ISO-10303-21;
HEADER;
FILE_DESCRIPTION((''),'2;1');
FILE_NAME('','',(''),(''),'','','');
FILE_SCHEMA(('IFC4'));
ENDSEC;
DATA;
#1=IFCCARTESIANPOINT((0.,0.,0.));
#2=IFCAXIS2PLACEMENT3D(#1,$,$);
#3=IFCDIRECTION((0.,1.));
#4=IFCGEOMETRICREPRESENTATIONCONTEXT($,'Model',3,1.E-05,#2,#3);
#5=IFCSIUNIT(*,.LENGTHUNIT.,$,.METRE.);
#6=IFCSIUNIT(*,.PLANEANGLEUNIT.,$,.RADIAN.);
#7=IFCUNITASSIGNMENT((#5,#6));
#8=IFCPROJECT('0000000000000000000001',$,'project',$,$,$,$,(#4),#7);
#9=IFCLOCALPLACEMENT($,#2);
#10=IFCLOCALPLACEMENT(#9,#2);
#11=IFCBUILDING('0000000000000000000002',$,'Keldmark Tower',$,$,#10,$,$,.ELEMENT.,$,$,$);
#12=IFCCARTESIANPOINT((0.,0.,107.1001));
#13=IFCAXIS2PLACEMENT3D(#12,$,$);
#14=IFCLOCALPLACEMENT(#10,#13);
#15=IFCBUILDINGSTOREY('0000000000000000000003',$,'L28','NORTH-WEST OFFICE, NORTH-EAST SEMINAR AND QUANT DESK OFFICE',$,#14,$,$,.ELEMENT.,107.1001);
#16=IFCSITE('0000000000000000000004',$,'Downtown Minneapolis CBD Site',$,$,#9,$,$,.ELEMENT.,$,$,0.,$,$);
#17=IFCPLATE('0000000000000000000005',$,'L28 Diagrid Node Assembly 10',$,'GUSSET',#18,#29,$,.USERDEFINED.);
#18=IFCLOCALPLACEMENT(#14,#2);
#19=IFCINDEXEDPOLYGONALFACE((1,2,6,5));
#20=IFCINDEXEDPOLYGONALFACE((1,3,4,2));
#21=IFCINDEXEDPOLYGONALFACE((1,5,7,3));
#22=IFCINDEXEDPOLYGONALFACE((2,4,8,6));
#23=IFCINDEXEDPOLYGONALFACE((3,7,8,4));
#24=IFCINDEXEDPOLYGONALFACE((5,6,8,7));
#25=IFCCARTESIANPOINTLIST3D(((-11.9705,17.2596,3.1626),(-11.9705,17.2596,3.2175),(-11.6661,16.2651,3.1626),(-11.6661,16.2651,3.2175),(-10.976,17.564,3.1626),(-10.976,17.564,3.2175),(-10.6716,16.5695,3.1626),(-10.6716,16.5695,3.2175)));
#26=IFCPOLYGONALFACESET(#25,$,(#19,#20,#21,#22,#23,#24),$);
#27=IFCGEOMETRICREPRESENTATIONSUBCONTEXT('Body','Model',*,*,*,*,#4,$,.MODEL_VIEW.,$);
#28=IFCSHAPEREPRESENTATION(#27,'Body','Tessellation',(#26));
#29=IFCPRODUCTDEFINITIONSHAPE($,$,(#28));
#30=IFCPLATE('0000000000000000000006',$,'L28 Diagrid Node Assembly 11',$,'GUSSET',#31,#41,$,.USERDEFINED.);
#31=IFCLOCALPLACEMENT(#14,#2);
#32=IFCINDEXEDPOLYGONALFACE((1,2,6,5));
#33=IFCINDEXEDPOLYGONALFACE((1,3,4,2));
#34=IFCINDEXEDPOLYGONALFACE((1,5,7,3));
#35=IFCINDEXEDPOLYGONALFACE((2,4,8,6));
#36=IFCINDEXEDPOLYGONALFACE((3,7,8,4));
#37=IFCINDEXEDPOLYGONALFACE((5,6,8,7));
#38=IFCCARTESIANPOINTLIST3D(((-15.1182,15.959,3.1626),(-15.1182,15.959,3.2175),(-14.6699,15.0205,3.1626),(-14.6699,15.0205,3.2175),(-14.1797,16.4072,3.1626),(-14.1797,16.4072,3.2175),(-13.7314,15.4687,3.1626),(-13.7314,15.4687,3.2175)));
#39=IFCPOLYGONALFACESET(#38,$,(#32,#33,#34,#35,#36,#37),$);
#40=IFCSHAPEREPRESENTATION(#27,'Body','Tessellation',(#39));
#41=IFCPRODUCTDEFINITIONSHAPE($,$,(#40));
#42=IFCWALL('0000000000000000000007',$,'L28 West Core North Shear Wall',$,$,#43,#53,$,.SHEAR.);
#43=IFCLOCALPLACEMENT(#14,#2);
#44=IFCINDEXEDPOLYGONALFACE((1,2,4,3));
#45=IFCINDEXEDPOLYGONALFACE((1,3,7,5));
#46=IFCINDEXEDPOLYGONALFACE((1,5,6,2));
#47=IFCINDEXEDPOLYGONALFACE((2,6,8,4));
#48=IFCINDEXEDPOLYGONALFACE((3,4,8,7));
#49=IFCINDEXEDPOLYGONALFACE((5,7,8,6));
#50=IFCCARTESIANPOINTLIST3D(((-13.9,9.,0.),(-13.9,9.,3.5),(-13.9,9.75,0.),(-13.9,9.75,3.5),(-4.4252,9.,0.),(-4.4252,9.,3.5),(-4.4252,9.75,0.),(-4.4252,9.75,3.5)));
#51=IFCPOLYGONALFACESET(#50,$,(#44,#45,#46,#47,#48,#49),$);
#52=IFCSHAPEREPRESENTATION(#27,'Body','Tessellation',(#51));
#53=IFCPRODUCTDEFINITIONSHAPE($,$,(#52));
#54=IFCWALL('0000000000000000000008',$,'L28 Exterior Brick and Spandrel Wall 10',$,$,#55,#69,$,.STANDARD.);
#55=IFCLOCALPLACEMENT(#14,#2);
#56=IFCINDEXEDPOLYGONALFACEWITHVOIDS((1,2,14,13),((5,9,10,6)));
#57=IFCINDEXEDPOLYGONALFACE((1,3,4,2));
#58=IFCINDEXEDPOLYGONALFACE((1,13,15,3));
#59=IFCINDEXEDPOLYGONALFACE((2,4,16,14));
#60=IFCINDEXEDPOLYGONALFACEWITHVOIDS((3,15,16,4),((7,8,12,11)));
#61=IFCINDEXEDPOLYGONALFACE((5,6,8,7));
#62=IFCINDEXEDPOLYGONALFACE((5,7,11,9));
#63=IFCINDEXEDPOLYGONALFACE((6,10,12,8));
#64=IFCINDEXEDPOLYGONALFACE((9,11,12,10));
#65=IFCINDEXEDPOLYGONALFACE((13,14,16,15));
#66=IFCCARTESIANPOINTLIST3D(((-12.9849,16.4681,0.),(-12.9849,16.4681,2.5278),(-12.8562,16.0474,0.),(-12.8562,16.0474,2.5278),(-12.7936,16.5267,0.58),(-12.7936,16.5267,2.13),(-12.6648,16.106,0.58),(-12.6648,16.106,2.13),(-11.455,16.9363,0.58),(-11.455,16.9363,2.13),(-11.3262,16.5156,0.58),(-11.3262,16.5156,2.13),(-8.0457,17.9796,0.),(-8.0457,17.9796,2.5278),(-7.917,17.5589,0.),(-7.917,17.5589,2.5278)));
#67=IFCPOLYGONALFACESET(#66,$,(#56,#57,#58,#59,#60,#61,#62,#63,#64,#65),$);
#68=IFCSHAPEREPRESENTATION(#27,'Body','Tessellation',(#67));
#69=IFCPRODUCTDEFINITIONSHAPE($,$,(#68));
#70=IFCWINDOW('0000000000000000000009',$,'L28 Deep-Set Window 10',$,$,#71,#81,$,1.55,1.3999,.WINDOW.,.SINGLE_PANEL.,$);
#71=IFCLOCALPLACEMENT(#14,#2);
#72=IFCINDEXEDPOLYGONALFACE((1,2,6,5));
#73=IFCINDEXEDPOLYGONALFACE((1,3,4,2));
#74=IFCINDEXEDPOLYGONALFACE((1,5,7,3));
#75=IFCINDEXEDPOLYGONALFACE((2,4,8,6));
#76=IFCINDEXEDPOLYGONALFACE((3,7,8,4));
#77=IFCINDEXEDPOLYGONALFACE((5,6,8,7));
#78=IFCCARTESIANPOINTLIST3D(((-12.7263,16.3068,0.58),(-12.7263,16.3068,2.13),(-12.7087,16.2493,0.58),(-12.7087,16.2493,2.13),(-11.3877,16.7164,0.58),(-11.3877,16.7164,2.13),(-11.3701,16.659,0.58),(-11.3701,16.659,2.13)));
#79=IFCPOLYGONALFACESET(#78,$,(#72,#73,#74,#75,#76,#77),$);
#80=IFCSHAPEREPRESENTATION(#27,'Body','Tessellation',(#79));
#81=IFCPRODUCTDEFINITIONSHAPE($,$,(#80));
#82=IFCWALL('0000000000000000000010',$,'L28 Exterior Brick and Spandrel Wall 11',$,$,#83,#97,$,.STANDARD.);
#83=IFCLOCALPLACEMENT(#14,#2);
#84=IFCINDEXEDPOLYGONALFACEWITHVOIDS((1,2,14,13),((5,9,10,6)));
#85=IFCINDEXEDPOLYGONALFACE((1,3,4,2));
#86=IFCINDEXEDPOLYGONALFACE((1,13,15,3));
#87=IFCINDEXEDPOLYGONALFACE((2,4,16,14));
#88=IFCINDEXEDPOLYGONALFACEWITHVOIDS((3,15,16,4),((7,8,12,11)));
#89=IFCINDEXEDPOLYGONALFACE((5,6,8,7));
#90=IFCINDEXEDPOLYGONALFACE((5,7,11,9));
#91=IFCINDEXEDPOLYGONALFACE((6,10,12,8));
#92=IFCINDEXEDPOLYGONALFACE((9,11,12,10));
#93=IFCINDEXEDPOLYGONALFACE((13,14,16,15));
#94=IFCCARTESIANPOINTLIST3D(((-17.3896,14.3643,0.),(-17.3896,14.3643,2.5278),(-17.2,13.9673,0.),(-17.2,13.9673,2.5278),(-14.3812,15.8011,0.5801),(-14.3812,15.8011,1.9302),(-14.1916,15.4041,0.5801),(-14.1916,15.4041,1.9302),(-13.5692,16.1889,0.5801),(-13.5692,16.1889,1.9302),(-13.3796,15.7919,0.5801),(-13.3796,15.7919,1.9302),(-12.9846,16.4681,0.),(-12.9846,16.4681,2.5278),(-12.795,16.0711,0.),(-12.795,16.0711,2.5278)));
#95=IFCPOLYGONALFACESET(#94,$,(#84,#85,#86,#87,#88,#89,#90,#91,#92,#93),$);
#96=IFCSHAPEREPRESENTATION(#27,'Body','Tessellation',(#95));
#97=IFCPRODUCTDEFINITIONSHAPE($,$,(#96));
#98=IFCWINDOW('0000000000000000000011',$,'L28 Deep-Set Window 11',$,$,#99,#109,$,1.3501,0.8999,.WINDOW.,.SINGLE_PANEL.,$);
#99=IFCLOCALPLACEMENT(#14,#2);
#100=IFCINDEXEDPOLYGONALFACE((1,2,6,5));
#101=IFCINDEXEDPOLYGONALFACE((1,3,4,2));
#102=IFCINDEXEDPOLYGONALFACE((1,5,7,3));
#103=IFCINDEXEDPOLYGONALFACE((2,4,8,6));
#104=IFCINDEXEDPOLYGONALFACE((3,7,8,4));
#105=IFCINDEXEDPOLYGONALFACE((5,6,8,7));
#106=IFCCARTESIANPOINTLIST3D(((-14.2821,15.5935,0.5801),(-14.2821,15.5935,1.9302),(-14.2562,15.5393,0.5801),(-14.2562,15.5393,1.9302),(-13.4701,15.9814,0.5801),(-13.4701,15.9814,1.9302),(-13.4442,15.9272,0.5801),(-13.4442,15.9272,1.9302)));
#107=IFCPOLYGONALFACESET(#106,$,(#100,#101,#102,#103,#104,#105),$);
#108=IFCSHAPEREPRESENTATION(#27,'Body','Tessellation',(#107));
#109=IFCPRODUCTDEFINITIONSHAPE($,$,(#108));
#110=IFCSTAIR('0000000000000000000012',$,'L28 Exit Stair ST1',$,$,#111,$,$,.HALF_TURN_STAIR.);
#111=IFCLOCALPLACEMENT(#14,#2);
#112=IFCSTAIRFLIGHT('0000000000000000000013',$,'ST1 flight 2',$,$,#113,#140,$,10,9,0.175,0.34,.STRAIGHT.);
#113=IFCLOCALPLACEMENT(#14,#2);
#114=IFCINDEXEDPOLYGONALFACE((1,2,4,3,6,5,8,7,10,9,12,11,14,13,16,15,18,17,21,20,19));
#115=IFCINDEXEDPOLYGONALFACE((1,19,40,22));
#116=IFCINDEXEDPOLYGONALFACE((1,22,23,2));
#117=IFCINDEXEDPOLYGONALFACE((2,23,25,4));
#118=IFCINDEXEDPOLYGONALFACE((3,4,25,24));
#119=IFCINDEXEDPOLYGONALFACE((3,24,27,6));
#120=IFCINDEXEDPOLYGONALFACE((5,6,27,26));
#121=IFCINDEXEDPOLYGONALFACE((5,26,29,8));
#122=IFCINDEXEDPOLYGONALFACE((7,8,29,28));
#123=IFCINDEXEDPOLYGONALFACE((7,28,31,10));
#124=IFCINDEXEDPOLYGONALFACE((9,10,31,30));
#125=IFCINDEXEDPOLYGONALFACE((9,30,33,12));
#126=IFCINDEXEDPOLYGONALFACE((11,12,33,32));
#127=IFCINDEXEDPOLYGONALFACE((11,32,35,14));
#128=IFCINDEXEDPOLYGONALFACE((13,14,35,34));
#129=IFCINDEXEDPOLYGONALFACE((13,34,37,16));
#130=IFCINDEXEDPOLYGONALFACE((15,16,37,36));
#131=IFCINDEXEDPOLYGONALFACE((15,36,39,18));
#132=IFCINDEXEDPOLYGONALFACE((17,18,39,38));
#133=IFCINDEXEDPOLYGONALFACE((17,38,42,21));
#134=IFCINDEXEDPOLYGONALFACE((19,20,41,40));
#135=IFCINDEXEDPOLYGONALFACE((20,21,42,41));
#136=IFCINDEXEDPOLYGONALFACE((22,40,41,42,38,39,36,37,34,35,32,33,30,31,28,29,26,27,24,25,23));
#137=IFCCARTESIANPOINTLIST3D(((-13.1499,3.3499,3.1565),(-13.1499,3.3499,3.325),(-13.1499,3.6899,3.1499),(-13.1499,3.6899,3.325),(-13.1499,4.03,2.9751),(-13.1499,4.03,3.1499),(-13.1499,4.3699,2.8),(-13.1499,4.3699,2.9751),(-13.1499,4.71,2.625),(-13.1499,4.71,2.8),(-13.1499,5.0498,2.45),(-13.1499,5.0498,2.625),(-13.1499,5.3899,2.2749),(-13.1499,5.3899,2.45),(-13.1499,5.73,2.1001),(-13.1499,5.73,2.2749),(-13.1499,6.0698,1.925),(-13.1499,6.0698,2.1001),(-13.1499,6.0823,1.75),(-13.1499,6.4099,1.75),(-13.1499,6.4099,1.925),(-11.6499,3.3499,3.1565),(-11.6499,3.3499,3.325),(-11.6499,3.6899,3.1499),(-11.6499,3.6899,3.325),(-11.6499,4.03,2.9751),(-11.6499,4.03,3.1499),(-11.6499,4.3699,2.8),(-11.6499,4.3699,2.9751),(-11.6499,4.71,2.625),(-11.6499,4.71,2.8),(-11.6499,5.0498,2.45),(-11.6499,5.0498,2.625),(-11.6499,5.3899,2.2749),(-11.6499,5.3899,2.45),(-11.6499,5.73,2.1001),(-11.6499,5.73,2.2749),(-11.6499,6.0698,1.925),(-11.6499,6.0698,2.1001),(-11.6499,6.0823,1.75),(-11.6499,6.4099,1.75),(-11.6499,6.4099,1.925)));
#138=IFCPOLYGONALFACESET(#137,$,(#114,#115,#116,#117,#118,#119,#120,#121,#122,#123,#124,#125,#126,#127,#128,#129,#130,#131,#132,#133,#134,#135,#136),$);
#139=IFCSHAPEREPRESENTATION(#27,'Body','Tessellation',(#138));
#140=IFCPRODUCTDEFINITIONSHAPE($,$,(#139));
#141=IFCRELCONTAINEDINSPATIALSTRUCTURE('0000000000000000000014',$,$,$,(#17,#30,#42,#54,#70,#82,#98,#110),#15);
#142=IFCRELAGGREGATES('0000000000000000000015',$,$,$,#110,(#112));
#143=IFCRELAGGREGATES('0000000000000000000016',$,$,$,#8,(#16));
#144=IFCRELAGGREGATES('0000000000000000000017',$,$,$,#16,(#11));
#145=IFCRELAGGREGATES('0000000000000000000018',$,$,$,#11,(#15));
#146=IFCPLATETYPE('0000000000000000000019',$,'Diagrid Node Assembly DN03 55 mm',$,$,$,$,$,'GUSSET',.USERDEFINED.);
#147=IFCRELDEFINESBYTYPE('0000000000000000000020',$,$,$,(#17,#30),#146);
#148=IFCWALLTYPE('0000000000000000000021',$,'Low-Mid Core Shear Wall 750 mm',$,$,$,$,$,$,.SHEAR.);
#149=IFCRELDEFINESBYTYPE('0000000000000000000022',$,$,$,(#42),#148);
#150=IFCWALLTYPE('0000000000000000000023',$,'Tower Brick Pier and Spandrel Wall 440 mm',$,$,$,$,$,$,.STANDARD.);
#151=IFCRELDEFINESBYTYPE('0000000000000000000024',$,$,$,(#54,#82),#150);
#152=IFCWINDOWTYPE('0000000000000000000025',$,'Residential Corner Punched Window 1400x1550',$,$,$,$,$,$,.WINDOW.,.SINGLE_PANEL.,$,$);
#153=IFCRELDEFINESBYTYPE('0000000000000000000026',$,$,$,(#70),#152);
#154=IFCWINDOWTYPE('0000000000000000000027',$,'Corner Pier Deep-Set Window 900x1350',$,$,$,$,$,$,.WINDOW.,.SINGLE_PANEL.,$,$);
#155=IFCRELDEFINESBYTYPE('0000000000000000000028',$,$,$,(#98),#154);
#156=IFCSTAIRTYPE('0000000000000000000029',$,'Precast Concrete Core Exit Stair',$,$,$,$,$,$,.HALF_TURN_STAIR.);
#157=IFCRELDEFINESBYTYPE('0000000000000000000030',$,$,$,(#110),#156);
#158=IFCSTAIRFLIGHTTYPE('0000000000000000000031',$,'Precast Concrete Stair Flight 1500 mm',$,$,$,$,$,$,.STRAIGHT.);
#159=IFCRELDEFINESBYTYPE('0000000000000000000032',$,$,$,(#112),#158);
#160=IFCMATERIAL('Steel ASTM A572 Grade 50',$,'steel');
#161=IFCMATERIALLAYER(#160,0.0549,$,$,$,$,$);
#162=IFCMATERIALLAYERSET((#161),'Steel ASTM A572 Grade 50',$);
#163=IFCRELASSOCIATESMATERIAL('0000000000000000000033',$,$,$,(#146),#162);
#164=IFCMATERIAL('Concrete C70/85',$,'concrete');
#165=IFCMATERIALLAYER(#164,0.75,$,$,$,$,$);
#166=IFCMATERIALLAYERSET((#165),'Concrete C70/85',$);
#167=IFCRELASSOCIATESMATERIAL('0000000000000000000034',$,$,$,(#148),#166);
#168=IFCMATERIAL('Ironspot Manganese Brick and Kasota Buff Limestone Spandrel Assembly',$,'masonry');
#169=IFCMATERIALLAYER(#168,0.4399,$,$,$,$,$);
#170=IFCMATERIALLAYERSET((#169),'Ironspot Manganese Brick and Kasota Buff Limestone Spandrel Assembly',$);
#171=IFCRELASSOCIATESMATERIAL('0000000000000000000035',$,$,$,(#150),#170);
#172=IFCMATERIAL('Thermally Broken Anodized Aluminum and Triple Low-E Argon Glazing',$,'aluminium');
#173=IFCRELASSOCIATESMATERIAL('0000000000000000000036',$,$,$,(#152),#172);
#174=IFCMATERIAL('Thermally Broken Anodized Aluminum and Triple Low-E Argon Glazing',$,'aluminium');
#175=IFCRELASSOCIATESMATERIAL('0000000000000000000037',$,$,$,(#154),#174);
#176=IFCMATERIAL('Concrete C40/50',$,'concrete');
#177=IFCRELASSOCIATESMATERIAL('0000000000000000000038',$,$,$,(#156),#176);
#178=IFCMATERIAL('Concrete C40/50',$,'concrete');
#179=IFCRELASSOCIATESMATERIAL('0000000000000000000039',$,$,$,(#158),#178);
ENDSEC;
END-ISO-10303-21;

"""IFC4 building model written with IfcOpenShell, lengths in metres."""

from ifc_helpers import new_model, si_unit, direction, frame, frame_2d, origin, origin_2d, place, context, subcontext, project, spatial, polyline, rectangle, outline, extrude, material, layer, layer_set, type_object, element, fill, aggregate, save


model = new_model("IFC4")

# Units and contexts
model_context = context("Model", 3, precision=1e-05, world=origin(), true_north=direction((0.0, 1.0)))
body_context = subcontext(model_context, "Body", "Model", "MODEL_VIEW")
ifc_project = project(units=[si_unit("LENGTHUNIT", "METRE"), si_unit("PLANEANGLEUNIT", "RADIAN")], contexts=[model_context])

# Site, building, storey
site_placement = place(None, origin())
site = spatial("IfcSite", under=ifc_project, at=site_placement, Name="Downtown Minneapolis CBD Site", CompositionType="ELEMENT", RefElevation=0.0)
building_placement = place(site_placement, origin())
building = spatial("IfcBuilding", under=site, at=building_placement, Name="Keldmark Tower", CompositionType="ELEMENT")
storey_placement = place(building_placement, frame((0.0, 0.0, 107.1001)))
storey = spatial("IfcBuildingStorey", under=building, at=storey_placement, Name="L28", Description="NORTH-WEST OFFICE, NORTH-EAST SEMINAR AND QUANT DESK OFFICE", CompositionType="ELEMENT", Elevation=107.1001)

# Plates
ifc_material_1 = material(Name="Steel ASTM A572 Grade 50", Category="steel")
ifc_layer_1 = layer(ifc_material_1, 0.0549)
ifc_layer_set_1 = layer_set([ifc_layer_1], Name="Steel ASTM A572 Grade 50")
plate_type_1 = type_object("IfcPlateType", Name="Diagrid Node Assembly DN03 55 mm", ElementType="GUSSET", PredefinedType="USERDEFINED", material=ifc_layer_set_1)
for number, where, z_axis, x_axis, name in (
    (1, (-11.321, 16.9146, 3.1626), (0.0, 0.0, 1.0), (-0.956203, -0.292706, 0.0), "L28 Diagrid Node Assembly 10"),
    (2, (-14.4248, 15.7139, 3.1626), (0.0, 0.0, 1.0), (-0.90236, -0.430984, 0.0), "L28 Diagrid Node Assembly 11"),
):
    element("IfcPlate", number, at=place(storey_placement, frame(where, z_axis=z_axis, x_axis=x_axis)), inside=storey, type_object=plate_type_1, Name=name, ObjectType="GUSSET", PredefinedType="USERDEFINED", context=body_context, shape_type="SweptSolid", body=[
        extrude(rectangle(XDim=1.04, YDim=1.04, at=origin_2d()), origin(), (0.0, 0.0, 1.0), 0.0549),
    ])

# Wall
ifc_material_2 = material(Name="Concrete C70/85", Category="concrete")
ifc_layer_2 = layer(ifc_material_2, 0.75)
ifc_layer_set_2 = layer_set([ifc_layer_2], Name="Concrete C70/85")
wall_type_1 = type_object("IfcWallType", Name="Low-Mid Core Shear Wall 750 mm", PredefinedType="SHEAR", material=ifc_layer_set_2)
wall_1_placement = place(storey_placement, frame((-13.8999, 9.375, 0.0), z_axis=(0.0, 0.0, 1.0), x_axis=(1.0, 0.0, 0.0)))
element("IfcWall", 3, at=wall_1_placement, inside=storey, type_object=wall_type_1, Name="L28 West Core North Shear Wall", PredefinedType="SHEAR", context=body_context, shape_type="SweptSolid", body=[
    extrude(rectangle(XDim=9.4749, YDim=0.75, at=frame_2d((4.7373, 0.0))), origin(), (0.0, 0.0, 1.0), 3.5),
])

# Walls, openings, windows
ifc_material_3 = material(Name="Ironspot Manganese Brick and Kasota Buff Limestone Spandrel Assembly", Category="masonry")
ifc_layer_3 = layer(ifc_material_3, 0.4399)
ifc_layer_set_3 = layer_set([ifc_layer_3], Name="Ironspot Manganese Brick and Kasota Buff Limestone Spandrel Assembly")
wall_type_2 = type_object("IfcWallType", Name="Tower Brick Pier and Spandrel Wall 440 mm", PredefinedType="STANDARD", material=ifc_layer_set_3)
wall_2_placement = place(storey_placement, frame((-12.9204, 16.2578, 0.0), z_axis=(0.0, 0.0, 1.0), x_axis=(0.956229, 0.292621, 0.0)))
wall_2 = element("IfcWall", 4, at=wall_2_placement, inside=storey, type_object=wall_type_2, Name="L28 Exterior Brick and Spandrel Wall 10", PredefinedType="STANDARD", context=body_context, shape_type="SweptSolid", body=[
    extrude(rectangle(XDim=5.1653, YDim=0.4399, at=frame_2d((2.5825, 0.0))), origin(), (0.0, 0.0, 1.0), 2.5278),
])
opening_1_placement = place(wall_2_placement, frame((0.2, 0.0, 0.5801)))
opening_1 = element("IfcOpeningElement", 5, at=opening_1_placement, cuts=wall_2, PredefinedType="OPENING", context=body_context, shape_type="SweptSolid", body=[
    extrude(rectangle(XDim=1.3999, YDim=1.55, at=frame_2d((0.7, 0.7749))), frame((0.0, 0.23, 0.0), z_axis=(0.0, -1.0, 0.0), x_axis=(1.0, 0.0, 0.0)), (0.0, 0.0, 1.0), 0.46),
])
ifc_material_4 = material(Name="Thermally Broken Anodized Aluminum and Triple Low-E Argon Glazing", Category="aluminium")
window_type_1 = type_object("IfcWindowType", Name="Residential Corner Punched Window 1400x1550", PartitioningType="SINGLE_PANEL", PredefinedType="WINDOW", material=ifc_material_4)
window_1_placement = place(opening_1_placement, origin())
window_1 = element("IfcWindow", 6, at=window_1_placement, inside=storey, type_object=window_type_1, Name="L28 Deep-Set Window 10", OverallHeight=1.55, OverallWidth=1.3999, PartitioningType="SINGLE_PANEL", PredefinedType="WINDOW", context=body_context, shape_type="SweptSolid", body=[
    extrude(rectangle(XDim=1.3999, YDim=1.55, at=frame_2d((0.7, 0.7749))), frame((0.0, -0.01, 0.0), z_axis=(0.0, -1.0, 0.0), x_axis=(1.0, 0.0, 0.0)), (0.0, 0.0, 1.0), 0.0601),
])
fill(opening_1, window_1)
wall_3_placement = place(storey_placement, frame((-17.2949, 14.1658, 0.0), z_axis=(0.0, 0.0, 1.0), x_axis=(0.902373, 0.430956, 0.0)))
wall_3 = element("IfcWall", 7, at=wall_3_placement, inside=storey, type_object=wall_type_2, Name="L28 Exterior Brick and Spandrel Wall 11", PredefinedType="STANDARD", context=body_context, shape_type="SweptSolid", body=[
    extrude(rectangle(XDim=4.8816, YDim=0.4399, at=frame_2d((2.4409, 0.0))), origin(), (0.0, 0.0, 1.0), 2.5278),
])
opening_2_placement = place(wall_3_placement, frame((3.334, 0.0, 0.5801)))
opening_2 = element("IfcOpeningElement", 8, at=opening_2_placement, cuts=wall_3, PredefinedType="OPENING", context=body_context, shape_type="SweptSolid", body=[
    extrude(rectangle(XDim=0.8999, YDim=1.3501, at=frame_2d((0.45, 0.675))), frame((0.0, 0.23, 0.0), z_axis=(0.0, -1.0, 0.0), x_axis=(1.0, 0.0, 0.0)), (0.0, 0.0, 1.0), 0.46),
])
ifc_material_5 = material(Name="Thermally Broken Anodized Aluminum and Triple Low-E Argon Glazing", Category="aluminium")
window_type_2 = type_object("IfcWindowType", Name="Corner Pier Deep-Set Window 900x1350", PartitioningType="SINGLE_PANEL", PredefinedType="WINDOW", material=ifc_material_5)
window_2_placement = place(opening_2_placement, origin())
window_2 = element("IfcWindow", 9, at=window_2_placement, inside=storey, type_object=window_type_2, Name="L28 Deep-Set Window 11", OverallHeight=1.3501, OverallWidth=0.8999, PartitioningType="SINGLE_PANEL", PredefinedType="WINDOW", context=body_context, shape_type="SweptSolid", body=[
    extrude(rectangle(XDim=0.8999, YDim=1.3501, at=frame_2d((0.45, 0.675))), frame((0.0, -0.01, 0.0), z_axis=(0.0, -1.0, 0.0), x_axis=(1.0, 0.0, 0.0)), (0.0, 0.0, 1.0), 0.0601),
])
fill(opening_2, window_2)

# Stair, stair flight
ifc_material_6 = material(Name="Concrete C40/50", Category="concrete")
stair_type = type_object("IfcStairType", Name="Precast Concrete Core Exit Stair", PredefinedType="HALF_TURN_STAIR", material=ifc_material_6)
stair_placement = place(storey_placement, origin())
stair = element("IfcStair", 10, at=stair_placement, inside=storey, type_object=stair_type, Name="L28 Exit Stair ST1", PredefinedType="HALF_TURN_STAIR")
ifc_material_7 = material(Name="Concrete C40/50", Category="concrete")
stair_flight_type = type_object("IfcStairFlightType", Name="Precast Concrete Stair Flight 1500 mm", PredefinedType="STRAIGHT", material=ifc_material_7)
stair_flight_placement = place(storey_placement, frame((-12.3999, 6.4099, 1.75), z_axis=(0.0, 0.0, 1.0), x_axis=(0.0, -1.0, 0.0)))
stair_flight = element("IfcStairFlight", 11, at=stair_flight_placement, type_object=stair_flight_type, Name="ST1 flight 2", NumberOfRisers=10, NumberOfTreads=9, PredefinedType="STRAIGHT", RiserHeight=0.175, TreadLength=0.34, context=body_context, shape_type="SweptSolid", body=[
    extrude(outline(polyline([(0.0, 0.0), (0.0, 0.175), (0.3401, 0.175), (0.3401, 0.3501), (0.6799, 0.3501), (0.6799, 0.5249), (1.02, 0.5249), (1.02, 0.7), (1.3601, 0.7), (1.3601, 0.875), (1.7, 0.875), (1.7, 1.05), (2.04, 1.05), (2.04, 1.2251), (2.3799, 1.2251), (2.3799, 1.3999), (2.72, 1.3999), (2.72, 1.575), (3.0601, 1.575), (3.0601, 1.75), (3.0601, 1.4065), (0.3276, 0.0), (0.0, 0.0)])), frame((0.0, 0.75, 0.0), z_axis=(0.0, -1.0, 0.0), x_axis=(1.0, 0.0, 0.0)), (0.0, 0.0, 1.0), 1.5),
])
aggregate(stair, [stair_flight])

save(model, "model.ifc")
